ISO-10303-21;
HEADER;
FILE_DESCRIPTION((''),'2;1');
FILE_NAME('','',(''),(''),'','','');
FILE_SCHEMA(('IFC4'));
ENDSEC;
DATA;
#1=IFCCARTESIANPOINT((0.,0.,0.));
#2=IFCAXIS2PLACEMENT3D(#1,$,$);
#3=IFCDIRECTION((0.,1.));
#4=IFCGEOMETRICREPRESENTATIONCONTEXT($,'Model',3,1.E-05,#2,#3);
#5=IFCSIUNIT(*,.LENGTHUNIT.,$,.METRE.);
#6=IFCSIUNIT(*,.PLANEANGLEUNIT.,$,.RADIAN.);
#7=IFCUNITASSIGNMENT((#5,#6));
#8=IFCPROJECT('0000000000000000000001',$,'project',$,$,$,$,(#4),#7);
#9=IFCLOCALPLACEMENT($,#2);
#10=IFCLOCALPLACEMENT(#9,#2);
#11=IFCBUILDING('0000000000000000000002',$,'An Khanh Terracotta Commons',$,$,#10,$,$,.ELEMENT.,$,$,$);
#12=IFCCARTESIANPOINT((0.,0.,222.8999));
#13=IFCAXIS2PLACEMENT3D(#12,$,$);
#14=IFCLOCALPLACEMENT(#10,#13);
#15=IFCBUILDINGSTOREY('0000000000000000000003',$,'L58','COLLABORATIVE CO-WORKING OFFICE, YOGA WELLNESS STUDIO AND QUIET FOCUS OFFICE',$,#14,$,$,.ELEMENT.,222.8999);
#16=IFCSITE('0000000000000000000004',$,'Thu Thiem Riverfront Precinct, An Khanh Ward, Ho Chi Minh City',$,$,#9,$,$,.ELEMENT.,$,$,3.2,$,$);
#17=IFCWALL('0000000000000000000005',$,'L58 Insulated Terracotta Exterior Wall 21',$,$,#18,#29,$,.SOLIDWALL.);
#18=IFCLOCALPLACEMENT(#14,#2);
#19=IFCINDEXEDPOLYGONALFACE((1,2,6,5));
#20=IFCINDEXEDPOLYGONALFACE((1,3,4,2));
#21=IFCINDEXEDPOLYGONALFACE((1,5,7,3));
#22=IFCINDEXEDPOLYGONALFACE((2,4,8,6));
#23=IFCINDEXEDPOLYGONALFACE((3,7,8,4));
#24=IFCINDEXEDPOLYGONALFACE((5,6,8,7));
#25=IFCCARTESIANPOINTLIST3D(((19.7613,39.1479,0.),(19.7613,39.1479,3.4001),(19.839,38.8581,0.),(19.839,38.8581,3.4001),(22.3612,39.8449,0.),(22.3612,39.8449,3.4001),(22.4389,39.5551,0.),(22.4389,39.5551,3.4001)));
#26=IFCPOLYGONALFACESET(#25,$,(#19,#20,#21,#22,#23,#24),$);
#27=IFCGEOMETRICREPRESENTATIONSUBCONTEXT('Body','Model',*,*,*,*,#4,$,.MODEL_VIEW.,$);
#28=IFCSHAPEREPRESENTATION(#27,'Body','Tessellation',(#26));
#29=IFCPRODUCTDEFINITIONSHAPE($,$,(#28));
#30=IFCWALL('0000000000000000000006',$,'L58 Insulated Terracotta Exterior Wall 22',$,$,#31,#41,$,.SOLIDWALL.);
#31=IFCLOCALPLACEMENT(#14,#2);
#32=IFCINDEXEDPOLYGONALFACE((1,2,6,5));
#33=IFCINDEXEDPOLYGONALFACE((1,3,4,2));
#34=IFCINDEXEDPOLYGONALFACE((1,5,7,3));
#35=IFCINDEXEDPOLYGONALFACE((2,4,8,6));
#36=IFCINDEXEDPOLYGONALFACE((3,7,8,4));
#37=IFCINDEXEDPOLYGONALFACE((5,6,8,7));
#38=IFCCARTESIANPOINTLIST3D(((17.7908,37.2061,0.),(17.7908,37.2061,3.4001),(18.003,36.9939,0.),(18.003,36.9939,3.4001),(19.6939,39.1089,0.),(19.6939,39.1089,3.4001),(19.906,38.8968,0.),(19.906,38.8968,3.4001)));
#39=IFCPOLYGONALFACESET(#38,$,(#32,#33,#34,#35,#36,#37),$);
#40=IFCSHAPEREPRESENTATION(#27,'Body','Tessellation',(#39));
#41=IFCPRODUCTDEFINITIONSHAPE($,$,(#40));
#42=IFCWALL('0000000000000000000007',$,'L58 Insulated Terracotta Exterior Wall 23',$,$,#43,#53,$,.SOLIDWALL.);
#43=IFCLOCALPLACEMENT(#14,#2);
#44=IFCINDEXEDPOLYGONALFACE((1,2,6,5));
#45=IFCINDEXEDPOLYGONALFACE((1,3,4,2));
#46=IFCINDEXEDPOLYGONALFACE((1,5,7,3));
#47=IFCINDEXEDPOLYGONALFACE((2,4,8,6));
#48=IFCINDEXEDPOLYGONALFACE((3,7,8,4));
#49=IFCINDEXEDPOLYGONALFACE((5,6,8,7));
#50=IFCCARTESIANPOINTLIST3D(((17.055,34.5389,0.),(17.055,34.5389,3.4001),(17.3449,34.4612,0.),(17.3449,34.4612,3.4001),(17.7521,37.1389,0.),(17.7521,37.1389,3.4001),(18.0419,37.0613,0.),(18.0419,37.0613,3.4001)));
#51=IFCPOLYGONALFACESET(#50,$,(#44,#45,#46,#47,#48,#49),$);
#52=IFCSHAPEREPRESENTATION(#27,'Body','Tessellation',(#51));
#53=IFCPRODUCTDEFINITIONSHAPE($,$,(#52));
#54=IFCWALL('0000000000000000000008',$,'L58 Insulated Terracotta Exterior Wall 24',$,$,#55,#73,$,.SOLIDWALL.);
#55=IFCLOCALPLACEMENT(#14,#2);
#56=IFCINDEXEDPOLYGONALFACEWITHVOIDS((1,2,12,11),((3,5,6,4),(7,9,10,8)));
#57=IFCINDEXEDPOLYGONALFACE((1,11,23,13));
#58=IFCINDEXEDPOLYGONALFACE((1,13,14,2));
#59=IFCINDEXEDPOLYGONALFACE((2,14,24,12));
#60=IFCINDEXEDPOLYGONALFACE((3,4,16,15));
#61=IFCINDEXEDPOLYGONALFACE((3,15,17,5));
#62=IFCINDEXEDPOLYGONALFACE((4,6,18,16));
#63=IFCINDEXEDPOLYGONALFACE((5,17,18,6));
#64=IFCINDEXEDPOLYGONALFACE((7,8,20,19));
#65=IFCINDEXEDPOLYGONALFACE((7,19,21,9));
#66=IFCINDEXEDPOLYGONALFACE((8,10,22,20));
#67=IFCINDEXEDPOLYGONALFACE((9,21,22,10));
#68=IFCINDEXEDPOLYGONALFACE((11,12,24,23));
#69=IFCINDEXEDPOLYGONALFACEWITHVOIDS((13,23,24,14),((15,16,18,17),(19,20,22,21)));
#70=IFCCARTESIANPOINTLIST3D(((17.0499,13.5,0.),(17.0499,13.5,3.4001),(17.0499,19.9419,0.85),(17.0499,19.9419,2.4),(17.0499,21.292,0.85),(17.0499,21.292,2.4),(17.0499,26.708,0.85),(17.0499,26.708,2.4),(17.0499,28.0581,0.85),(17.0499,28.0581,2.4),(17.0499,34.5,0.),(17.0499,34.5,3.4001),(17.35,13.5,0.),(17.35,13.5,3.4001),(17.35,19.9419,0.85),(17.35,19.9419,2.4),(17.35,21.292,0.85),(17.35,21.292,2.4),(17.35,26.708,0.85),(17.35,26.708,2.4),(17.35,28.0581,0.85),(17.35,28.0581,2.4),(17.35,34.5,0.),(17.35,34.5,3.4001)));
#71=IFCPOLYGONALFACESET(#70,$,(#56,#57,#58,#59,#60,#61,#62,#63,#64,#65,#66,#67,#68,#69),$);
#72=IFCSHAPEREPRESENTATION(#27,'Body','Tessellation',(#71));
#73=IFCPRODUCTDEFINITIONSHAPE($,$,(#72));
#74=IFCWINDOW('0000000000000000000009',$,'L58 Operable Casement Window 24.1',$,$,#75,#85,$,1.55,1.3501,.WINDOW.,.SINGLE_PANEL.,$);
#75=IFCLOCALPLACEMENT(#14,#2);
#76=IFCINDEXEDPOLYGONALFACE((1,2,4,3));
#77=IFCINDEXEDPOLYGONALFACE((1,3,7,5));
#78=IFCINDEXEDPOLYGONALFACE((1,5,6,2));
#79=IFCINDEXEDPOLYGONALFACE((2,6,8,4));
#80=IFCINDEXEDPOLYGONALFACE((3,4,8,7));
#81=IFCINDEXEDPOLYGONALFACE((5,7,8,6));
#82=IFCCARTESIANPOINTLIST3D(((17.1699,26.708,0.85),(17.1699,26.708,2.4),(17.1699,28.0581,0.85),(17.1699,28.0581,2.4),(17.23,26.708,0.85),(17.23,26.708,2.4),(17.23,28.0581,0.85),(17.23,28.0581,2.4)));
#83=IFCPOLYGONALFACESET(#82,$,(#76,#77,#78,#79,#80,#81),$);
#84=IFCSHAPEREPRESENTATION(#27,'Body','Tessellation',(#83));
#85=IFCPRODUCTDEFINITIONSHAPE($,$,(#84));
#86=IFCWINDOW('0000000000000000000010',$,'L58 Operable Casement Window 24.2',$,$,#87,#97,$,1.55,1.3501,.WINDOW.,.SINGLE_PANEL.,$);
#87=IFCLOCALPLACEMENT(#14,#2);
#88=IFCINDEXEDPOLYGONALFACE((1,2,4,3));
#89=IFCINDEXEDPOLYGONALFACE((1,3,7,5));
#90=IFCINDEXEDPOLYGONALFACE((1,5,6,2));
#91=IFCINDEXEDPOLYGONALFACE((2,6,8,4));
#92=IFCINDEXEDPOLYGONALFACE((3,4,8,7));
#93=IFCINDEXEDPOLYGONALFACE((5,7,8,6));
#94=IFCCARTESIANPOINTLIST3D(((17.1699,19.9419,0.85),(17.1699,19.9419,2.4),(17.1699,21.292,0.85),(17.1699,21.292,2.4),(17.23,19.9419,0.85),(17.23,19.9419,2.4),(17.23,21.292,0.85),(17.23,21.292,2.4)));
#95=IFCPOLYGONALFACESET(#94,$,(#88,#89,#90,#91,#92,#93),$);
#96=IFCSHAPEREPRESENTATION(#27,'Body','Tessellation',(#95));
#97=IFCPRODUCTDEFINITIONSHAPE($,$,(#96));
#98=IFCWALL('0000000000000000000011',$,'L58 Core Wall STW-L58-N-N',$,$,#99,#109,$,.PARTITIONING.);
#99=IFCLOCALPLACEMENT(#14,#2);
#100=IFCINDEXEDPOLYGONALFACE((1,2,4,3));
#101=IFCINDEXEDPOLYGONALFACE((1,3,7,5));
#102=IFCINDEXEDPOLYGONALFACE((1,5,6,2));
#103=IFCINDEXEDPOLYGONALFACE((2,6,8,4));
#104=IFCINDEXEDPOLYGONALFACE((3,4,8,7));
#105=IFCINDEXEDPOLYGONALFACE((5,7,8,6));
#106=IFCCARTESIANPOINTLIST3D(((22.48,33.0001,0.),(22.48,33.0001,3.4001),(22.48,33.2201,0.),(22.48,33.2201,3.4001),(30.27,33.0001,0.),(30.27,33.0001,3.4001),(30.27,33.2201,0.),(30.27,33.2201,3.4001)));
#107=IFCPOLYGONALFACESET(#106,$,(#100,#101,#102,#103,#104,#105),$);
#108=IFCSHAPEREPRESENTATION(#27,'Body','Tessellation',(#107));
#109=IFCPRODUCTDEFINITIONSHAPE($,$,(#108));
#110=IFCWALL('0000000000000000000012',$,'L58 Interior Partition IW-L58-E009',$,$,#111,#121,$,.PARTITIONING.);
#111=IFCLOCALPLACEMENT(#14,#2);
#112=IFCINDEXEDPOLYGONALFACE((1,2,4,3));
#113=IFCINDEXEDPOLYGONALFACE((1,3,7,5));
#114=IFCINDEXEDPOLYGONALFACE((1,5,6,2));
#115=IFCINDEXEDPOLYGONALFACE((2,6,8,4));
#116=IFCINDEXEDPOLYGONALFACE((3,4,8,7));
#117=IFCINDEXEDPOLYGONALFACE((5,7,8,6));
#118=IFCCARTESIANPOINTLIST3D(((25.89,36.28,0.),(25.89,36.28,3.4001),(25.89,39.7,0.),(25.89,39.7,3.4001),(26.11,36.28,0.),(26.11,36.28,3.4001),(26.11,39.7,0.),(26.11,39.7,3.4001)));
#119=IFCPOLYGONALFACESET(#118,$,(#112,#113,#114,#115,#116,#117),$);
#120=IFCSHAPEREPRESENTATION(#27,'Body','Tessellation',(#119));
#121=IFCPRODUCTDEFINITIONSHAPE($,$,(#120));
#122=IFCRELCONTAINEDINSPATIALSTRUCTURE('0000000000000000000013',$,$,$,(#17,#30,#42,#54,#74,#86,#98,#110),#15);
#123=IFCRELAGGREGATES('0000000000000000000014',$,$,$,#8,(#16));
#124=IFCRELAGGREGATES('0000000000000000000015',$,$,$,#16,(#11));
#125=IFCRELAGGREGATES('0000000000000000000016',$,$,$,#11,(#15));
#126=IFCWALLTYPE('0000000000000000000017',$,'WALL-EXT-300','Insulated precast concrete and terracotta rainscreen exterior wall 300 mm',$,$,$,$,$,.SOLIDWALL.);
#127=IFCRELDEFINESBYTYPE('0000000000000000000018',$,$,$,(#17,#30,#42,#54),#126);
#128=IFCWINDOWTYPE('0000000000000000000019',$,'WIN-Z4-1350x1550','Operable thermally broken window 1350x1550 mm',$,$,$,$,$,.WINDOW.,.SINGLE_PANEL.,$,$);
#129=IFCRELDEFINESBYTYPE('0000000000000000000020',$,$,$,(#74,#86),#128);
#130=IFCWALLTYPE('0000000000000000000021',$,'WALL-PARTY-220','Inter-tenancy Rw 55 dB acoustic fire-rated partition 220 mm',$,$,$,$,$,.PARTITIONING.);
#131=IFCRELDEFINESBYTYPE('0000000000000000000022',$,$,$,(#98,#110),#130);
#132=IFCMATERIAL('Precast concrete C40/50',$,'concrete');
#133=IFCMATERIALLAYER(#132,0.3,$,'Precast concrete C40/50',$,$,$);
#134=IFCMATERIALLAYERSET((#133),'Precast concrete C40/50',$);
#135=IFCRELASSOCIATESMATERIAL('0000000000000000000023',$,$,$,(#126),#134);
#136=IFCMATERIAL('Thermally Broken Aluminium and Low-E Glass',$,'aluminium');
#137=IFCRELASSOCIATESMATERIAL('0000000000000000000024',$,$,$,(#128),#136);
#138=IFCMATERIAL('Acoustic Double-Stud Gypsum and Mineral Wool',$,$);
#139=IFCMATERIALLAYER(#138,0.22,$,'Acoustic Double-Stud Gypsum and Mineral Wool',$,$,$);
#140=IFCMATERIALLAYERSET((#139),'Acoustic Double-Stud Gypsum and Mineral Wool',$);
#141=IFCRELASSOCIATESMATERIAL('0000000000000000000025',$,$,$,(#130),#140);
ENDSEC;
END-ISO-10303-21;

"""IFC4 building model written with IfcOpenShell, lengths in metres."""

from ifc_helpers import new_model, si_unit, direction, frame, frame_2d, origin, place, context, subcontext, project, spatial, rectangle, extrude, material, layer, layer_set, type_object, element, fill, save


model = new_model("IFC4")

# Units and contexts
model_context = context("Model", 3, precision=1e-05, world=origin(), true_north=direction((0.0, 1.0)))
body_context = subcontext(model_context, "Body", "Model", "MODEL_VIEW")
ifc_project = project(units=[si_unit("LENGTHUNIT", "METRE"), si_unit("PLANEANGLEUNIT", "RADIAN")], contexts=[model_context])

# Site, building, storey
site_placement = place(None, origin())
site = spatial("IfcSite", under=ifc_project, at=site_placement, Name="Thu Thiem Riverfront Precinct, An Khanh Ward, Ho Chi Minh City", CompositionType="ELEMENT", RefElevation=3.2)
building_placement = place(site_placement, origin())
building = spatial("IfcBuilding", under=site, at=building_placement, Name="An Khanh Terracotta Commons", CompositionType="ELEMENT")
storey_placement = place(building_placement, frame((0.0, 0.0, 222.8999)))
storey = spatial("IfcBuildingStorey", under=building, at=storey_placement, Name="L58", Description="COLLABORATIVE CO-WORKING OFFICE, YOGA WELLNESS STUDIO AND QUIET FOCUS OFFICE", CompositionType="ELEMENT", Elevation=222.8999)

# Walls
ifc_material_1 = material(Name="Precast concrete C40/50", Category="concrete")
ifc_layer_1 = layer(ifc_material_1, 0.3, Name="Precast concrete C40/50")
ifc_layer_set_1 = layer_set([ifc_layer_1], Name="Precast concrete C40/50")
wall_type_1 = type_object("IfcWallType", Name="WALL-EXT-300", Description="Insulated precast concrete and terracotta rainscreen exterior wall 300 mm", PredefinedType="SOLIDWALL", material=ifc_layer_set_1)
wall_1_placement = place(storey_placement, frame((22.3999, 39.7, 0.0), z_axis=(0.0, 0.0, 1.0), x_axis=(-0.965889, -0.258955, 0.0)))
element("IfcWall", 1, at=wall_1_placement, inside=storey, type_object=wall_type_1, Name="L58 Insulated Terracotta Exterior Wall 21", PredefinedType="SOLIDWALL", context=body_context, shape_type="SweptSolid", body=[
    extrude(rectangle(XDim=2.6917, YDim=0.3, at=frame_2d((1.3457, 0.0))), origin(), (0.0, 0.0, 1.0), 3.4001),
])
wall_2_placement = place(storey_placement, frame((19.8, 39.0029, 0.0), z_axis=(0.0, 0.0, 1.0), x_axis=(-0.707152, -0.707061, 0.0)))
element("IfcWall", 2, at=wall_2_placement, inside=storey, type_object=wall_type_1, Name="L58 Insulated Terracotta Exterior Wall 22", PredefinedType="SOLIDWALL", context=body_context, shape_type="SweptSolid", body=[
    extrude(rectangle(XDim=2.6912, YDim=0.3, at=frame_2d((1.3457, 0.0))), origin(), (0.0, 0.0, 1.0), 3.4001),
])
wall_3_placement = place(storey_placement, frame((17.897, 37.1001, 0.0), z_axis=(0.0, 0.0, 1.0), x_axis=(-0.258933, -0.965895, 0.0)))
element("IfcWall", 3, at=wall_3_placement, inside=storey, type_object=wall_type_1, Name="L58 Insulated Terracotta Exterior Wall 23", PredefinedType="SOLIDWALL", context=body_context, shape_type="SweptSolid", body=[
    extrude(rectangle(XDim=2.6919, YDim=0.3, at=frame_2d((1.3459, 0.0))), origin(), (0.0, 0.0, 1.0), 3.4001),
])

# Wall, openings, windows
wall_4_placement = place(storey_placement, frame((17.2, 34.5, 0.0), z_axis=(0.0, 0.0, 1.0), x_axis=(0.0, -1.0, 0.0)))
wall_4 = element("IfcWall", 4, at=wall_4_placement, inside=storey, type_object=wall_type_1, Name="L58 Insulated Terracotta Exterior Wall 24", PredefinedType="SOLIDWALL", context=body_context, shape_type="SweptSolid", body=[
    extrude(rectangle(XDim=21.0, YDim=0.3, at=frame_2d((10.5, 0.0))), origin(), (0.0, 0.0, 1.0), 3.4001),
])
opening_1_placement = place(wall_4_placement, frame((6.4419, 0.0, 0.8501)))
opening_1 = element("IfcOpeningElement", 5, at=opening_1_placement, cuts=wall_4, PredefinedType="OPENING", context=body_context, shape_type="SweptSolid", body=[
    extrude(rectangle(XDim=1.3501, YDim=1.55, at=frame_2d((0.675, 0.7749))), frame((0.0, 0.1599, 0.0), z_axis=(0.0, -1.0, 0.0), x_axis=(1.0, 0.0, 0.0)), (0.0, 0.0, 1.0), 0.3201),
])
opening_2_placement = place(wall_4_placement, frame((13.208, 0.0, 0.8501)))
opening_2 = element("IfcOpeningElement", 6, at=opening_2_placement, cuts=wall_4, PredefinedType="OPENING", context=body_context, shape_type="SweptSolid", body=[
    extrude(rectangle(XDim=1.3501, YDim=1.55, at=frame_2d((0.675, 0.7749))), frame((0.0, 0.1599, 0.0), z_axis=(0.0, -1.0, 0.0), x_axis=(1.0, 0.0, 0.0)), (0.0, 0.0, 1.0), 0.3201),
])
ifc_material_2 = material(Name="Thermally Broken Aluminium and Low-E Glass", Category="aluminium")
window_type = type_object("IfcWindowType", Name="WIN-Z4-1350x1550", Description="Operable thermally broken window 1350x1550 mm", PartitioningType="SINGLE_PANEL", PredefinedType="WINDOW", material=ifc_material_2)
window_1_placement = place(opening_1_placement, origin())
window_1 = element("IfcWindow", 7, at=window_1_placement, inside=storey, type_object=window_type, Name="L58 Operable Casement Window 24.1", OverallHeight=1.55, OverallWidth=1.3501, PartitioningType="SINGLE_PANEL", PredefinedType="WINDOW", context=body_context, shape_type="SweptSolid", body=[
    extrude(rectangle(XDim=1.3501, YDim=1.55, at=frame_2d((0.675, 0.7749))), frame((0.0, 0.03, 0.0), z_axis=(0.0, -1.0, 0.0), x_axis=(1.0, 0.0, 0.0)), (0.0, 0.0, 1.0), 0.0601),
])
fill(opening_1, window_1)
window_2_placement = place(opening_2_placement, origin())
window_2 = element("IfcWindow", 8, at=window_2_placement, inside=storey, type_object=window_type, Name="L58 Operable Casement Window 24.2", OverallHeight=1.55, OverallWidth=1.3501, PartitioningType="SINGLE_PANEL", PredefinedType="WINDOW", context=body_context, shape_type="SweptSolid", body=[
    extrude(rectangle(XDim=1.3501, YDim=1.55, at=frame_2d((0.675, 0.7749))), frame((0.0, 0.03, 0.0), z_axis=(0.0, -1.0, 0.0), x_axis=(1.0, 0.0, 0.0)), (0.0, 0.0, 1.0), 0.0601),
])
fill(opening_2, window_2)

# Walls
ifc_material_3 = material(Name="Acoustic Double-Stud Gypsum and Mineral Wool")
ifc_layer_2 = layer(ifc_material_3, 0.22, Name="Acoustic Double-Stud Gypsum and Mineral Wool")
ifc_layer_set_2 = layer_set([ifc_layer_2], Name="Acoustic Double-Stud Gypsum and Mineral Wool")
wall_type_2 = type_object("IfcWallType", Name="WALL-PARTY-220", Description="Inter-tenancy Rw 55 dB acoustic fire-rated partition 220 mm", PredefinedType="PARTITIONING", material=ifc_layer_set_2)
wall_5_placement = place(storey_placement, frame((22.48, 33.1101, 0.0), z_axis=(0.0, 0.0, 1.0), x_axis=(1.0, 0.0, 0.0)))
element("IfcWall", 9, at=wall_5_placement, inside=storey, type_object=wall_type_2, Name="L58 Core Wall STW-L58-N-N", PredefinedType="PARTITIONING", context=body_context, shape_type="SweptSolid", body=[
    extrude(rectangle(XDim=7.79, YDim=0.22, at=frame_2d((3.895, 0.0))), origin(), (0.0, 0.0, 1.0), 3.4001),
])
wall_6_placement = place(storey_placement, frame((26.0, 36.28, 0.0), z_axis=(0.0, 0.0, 1.0), x_axis=(0.0, 1.0, 0.0)))
element("IfcWall", 10, at=wall_6_placement, inside=storey, type_object=wall_type_2, Name="L58 Interior Partition IW-L58-E009", PredefinedType="PARTITIONING", context=body_context, shape_type="SweptSolid", body=[
    extrude(rectangle(XDim=3.4199, YDim=0.22, at=frame_2d((1.71, 0.0))), origin(), (0.0, 0.0, 1.0), 3.4001),
])

save(model, "model.ifc")
